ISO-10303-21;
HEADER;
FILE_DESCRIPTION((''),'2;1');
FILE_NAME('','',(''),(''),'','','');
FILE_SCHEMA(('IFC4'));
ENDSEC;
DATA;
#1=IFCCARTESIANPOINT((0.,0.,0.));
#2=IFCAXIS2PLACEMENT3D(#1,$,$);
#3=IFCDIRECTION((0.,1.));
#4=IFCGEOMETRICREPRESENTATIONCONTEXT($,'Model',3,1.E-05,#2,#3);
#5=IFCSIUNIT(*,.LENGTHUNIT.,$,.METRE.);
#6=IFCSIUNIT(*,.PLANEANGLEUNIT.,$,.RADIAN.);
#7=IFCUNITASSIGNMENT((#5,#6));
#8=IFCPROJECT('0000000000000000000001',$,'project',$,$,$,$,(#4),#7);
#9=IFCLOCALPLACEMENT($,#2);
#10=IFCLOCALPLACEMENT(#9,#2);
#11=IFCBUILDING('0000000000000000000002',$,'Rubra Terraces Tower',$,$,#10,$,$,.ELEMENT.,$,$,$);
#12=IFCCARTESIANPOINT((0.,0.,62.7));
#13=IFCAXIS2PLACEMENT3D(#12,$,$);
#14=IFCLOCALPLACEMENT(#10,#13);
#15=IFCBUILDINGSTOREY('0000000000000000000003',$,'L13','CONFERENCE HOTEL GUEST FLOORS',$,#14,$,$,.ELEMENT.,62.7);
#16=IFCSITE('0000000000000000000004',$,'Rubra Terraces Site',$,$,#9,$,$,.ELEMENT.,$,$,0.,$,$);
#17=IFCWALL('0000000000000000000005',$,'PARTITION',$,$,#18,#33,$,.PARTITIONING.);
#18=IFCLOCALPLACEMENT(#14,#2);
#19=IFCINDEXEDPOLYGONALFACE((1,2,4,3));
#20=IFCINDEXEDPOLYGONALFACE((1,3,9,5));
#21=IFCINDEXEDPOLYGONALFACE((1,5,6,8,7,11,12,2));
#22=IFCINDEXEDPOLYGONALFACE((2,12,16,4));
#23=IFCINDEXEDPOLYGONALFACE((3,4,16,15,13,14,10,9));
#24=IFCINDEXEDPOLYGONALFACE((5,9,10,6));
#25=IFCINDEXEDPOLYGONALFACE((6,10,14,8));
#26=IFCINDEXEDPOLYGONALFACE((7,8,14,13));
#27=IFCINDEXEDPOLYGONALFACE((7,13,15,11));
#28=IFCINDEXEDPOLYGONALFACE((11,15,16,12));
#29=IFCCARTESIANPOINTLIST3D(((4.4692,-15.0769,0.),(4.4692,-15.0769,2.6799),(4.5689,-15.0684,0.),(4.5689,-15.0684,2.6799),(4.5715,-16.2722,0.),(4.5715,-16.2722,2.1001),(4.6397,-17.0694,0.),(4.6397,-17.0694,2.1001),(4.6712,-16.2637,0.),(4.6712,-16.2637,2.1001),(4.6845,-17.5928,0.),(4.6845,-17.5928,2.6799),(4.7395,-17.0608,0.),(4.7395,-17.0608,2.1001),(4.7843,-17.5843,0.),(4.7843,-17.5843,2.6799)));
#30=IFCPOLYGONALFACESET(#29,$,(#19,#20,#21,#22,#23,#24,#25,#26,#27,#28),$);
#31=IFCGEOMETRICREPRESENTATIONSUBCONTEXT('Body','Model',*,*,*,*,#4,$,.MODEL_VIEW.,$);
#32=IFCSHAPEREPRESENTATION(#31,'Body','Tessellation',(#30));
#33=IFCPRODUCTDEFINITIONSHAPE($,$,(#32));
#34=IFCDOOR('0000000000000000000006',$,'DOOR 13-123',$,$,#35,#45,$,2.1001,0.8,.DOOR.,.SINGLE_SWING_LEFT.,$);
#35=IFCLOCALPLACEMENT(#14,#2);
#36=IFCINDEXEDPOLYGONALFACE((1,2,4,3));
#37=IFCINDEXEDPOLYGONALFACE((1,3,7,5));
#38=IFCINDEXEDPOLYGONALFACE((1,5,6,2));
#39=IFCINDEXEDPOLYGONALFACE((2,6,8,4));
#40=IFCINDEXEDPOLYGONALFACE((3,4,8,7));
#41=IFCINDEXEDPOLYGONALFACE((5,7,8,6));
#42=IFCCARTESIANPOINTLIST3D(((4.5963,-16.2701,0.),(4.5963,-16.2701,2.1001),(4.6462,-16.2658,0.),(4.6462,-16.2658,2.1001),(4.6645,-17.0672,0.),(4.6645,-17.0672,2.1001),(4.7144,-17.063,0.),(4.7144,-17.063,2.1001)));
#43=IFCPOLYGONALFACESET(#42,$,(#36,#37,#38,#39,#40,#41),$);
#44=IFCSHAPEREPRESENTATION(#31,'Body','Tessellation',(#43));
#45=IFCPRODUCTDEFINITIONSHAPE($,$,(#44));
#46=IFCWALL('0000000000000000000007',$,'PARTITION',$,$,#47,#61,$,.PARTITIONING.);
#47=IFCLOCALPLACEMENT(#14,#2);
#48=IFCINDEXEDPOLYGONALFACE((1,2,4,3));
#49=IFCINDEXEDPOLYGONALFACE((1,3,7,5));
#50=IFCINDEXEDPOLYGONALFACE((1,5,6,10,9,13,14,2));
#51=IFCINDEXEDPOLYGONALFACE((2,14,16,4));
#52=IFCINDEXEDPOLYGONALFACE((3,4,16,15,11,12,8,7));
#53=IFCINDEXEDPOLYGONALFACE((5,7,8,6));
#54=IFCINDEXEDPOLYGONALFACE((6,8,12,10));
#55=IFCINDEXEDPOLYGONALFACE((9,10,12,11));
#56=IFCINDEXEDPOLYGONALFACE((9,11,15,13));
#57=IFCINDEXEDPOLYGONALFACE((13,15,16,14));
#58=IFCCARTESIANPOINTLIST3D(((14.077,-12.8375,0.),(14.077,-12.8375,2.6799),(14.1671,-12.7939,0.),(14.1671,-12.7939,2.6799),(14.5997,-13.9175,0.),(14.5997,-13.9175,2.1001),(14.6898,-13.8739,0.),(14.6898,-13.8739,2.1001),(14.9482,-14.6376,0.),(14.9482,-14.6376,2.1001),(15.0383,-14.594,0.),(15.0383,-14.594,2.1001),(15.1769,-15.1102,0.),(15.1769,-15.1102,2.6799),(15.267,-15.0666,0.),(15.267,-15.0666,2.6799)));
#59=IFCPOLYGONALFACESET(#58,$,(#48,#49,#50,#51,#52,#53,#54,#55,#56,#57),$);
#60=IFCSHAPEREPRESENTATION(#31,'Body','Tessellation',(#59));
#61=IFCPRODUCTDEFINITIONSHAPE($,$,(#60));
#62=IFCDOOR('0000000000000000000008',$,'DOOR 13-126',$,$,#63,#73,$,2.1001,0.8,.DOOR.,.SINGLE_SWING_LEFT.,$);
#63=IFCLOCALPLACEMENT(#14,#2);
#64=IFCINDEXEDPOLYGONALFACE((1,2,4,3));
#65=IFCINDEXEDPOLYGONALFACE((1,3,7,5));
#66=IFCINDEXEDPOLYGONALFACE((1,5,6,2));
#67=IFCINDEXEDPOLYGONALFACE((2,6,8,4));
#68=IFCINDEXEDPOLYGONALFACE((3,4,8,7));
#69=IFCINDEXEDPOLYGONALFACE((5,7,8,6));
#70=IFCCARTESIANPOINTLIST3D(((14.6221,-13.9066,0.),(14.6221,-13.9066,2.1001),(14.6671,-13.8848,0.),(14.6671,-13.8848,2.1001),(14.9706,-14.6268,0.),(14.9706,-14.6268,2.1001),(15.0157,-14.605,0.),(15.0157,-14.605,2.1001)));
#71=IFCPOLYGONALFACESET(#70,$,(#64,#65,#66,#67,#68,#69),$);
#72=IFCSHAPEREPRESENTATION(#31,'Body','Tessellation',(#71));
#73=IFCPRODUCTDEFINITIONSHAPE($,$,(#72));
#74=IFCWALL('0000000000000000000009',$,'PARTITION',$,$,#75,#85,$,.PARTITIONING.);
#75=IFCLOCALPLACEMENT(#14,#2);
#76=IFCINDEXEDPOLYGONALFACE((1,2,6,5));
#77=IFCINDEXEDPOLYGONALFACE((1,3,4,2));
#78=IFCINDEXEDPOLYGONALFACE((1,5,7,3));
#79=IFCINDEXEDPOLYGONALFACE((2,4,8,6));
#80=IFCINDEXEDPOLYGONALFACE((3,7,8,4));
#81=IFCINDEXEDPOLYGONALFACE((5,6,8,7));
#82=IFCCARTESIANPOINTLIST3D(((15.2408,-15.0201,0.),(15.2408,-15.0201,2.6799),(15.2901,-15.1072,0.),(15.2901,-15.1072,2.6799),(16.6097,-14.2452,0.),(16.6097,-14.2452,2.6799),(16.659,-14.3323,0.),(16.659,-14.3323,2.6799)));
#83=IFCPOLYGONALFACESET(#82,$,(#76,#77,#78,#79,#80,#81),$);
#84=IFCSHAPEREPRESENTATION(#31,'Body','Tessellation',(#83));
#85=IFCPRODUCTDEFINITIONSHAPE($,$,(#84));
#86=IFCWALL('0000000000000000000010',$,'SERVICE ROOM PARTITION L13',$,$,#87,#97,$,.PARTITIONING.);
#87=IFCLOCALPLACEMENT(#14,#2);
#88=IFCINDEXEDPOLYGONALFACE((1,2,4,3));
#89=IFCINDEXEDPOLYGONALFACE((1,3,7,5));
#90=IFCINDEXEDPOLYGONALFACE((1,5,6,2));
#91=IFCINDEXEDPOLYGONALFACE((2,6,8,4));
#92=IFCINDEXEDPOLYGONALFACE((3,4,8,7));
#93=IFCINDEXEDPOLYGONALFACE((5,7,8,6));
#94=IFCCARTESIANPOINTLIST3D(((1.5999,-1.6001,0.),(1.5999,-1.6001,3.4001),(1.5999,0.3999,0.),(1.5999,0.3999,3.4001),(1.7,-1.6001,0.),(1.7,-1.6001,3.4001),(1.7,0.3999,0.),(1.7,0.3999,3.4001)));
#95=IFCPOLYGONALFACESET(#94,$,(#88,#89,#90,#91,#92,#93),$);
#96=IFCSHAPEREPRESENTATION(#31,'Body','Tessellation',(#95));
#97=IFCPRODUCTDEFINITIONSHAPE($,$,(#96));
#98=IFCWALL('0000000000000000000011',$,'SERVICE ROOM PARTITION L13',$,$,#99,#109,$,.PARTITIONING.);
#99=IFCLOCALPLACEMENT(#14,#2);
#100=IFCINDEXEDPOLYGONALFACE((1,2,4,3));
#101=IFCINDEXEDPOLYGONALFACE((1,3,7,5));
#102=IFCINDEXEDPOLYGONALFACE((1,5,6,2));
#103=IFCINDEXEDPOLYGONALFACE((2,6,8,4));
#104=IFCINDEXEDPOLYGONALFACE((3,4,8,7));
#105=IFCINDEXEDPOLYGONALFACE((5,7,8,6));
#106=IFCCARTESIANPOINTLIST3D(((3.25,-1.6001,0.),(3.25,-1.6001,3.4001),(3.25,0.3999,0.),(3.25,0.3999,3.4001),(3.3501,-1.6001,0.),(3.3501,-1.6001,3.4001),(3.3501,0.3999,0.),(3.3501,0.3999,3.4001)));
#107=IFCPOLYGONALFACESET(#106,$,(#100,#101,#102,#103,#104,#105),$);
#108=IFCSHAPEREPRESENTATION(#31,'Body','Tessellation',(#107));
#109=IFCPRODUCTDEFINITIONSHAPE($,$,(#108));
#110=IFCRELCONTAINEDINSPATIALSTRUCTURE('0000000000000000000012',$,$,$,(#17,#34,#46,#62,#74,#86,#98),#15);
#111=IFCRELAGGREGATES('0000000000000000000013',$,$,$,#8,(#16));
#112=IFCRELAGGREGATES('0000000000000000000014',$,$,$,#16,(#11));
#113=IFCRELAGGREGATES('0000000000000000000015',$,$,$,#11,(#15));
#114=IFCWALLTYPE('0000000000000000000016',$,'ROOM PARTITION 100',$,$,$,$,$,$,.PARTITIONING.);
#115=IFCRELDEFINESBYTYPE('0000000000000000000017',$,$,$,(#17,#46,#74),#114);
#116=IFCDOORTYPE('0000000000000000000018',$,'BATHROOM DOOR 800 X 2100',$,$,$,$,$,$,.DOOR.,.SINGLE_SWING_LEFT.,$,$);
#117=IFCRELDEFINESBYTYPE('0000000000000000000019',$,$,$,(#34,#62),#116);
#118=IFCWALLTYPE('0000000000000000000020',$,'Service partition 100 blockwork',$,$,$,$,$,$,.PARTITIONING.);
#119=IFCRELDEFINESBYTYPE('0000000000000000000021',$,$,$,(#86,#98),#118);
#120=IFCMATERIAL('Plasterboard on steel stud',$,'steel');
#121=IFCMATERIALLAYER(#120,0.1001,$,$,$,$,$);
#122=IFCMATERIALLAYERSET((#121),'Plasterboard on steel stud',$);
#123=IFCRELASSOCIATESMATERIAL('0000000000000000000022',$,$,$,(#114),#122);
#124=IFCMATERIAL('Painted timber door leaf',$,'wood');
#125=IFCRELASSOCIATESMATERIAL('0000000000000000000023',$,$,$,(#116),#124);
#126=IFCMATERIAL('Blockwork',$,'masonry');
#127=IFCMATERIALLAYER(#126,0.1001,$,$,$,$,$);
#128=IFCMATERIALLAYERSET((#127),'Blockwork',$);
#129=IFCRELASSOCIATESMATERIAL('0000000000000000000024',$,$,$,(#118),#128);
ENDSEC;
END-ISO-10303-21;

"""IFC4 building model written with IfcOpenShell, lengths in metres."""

from ifc_helpers import new_model, si_unit, direction, frame, frame_2d, origin, place, context, subcontext, project, spatial, rectangle, extrude, material, layer, layer_set, type_object, element, fill, save


model = new_model("IFC4")

# Units and contexts
model_context = context("Model", 3, precision=1e-05, world=origin(), true_north=direction((0.0, 1.0)))
body_context = subcontext(model_context, "Body", "Model", "MODEL_VIEW")
ifc_project = project(units=[si_unit("LENGTHUNIT", "METRE"), si_unit("PLANEANGLEUNIT", "RADIAN")], contexts=[model_context])

# Site, building, storey
site_placement = place(None, origin())
site = spatial("IfcSite", under=ifc_project, at=site_placement, Name="Rubra Terraces Site", CompositionType="ELEMENT", RefElevation=0.0)
building_placement = place(site_placement, origin())
building = spatial("IfcBuilding", under=site, at=building_placement, Name="Rubra Terraces Tower", CompositionType="ELEMENT")
storey_placement = place(building_placement, frame((0.0, 0.0, 62.7)))
storey = spatial("IfcBuildingStorey", under=building, at=storey_placement, Name="L13", Description="CONFERENCE HOTEL GUEST FLOORS", CompositionType="ELEMENT", Elevation=62.7)

# Shared definitions
ifc_material_1 = material(Name="Painted timber door leaf", Category="wood")

# Walls, openings, doors
ifc_material_2 = material(Name="Plasterboard on steel stud", Category="steel")
ifc_layer_1 = layer(ifc_material_2, 0.1001)
ifc_layer_set_1 = layer_set([ifc_layer_1], Name="Plasterboard on steel stud")
wall_type_1 = type_object("IfcWallType", Name="ROOM PARTITION 100", PredefinedType="PARTITIONING", material=ifc_layer_set_1)
wall_1_placement = place(storey_placement, frame((4.519, -15.0725, 0.0), z_axis=(0.0, 0.0, 1.0), x_axis=(0.085278, -0.996357, 0.0)))
wall_1 = element("IfcWall", 1, at=wall_1_placement, inside=storey, type_object=wall_type_1, Name="PARTITION", PredefinedType="PARTITIONING", context=body_context, shape_type="SweptSolid", body=[
    extrude(rectangle(XDim=2.5251, YDim=0.1001, at=frame_2d((1.2627, 0.0))), origin(), (0.0, 0.0, 1.0), 2.6799),
])
opening_1_placement = place(wall_1_placement, frame((1.2, 0.0, 0.0)))
opening_1 = element("IfcOpeningElement", 2, at=opening_1_placement, cuts=wall_1, PredefinedType="OPENING", context=body_context, shape_type="SweptSolid", body=[
    extrude(rectangle(XDim=0.8, YDim=2.1001, at=frame_2d((0.3999, 1.05))), frame((0.0, 0.0601, 0.0), z_axis=(0.0, -1.0, 0.0), x_axis=(1.0, 0.0, 0.0)), (0.0, 0.0, 1.0), 0.1201),
])
door_type_1 = type_object("IfcDoorType", Name="BATHROOM DOOR 800 X 2100", OperationType="SINGLE_SWING_LEFT", PredefinedType="DOOR", material=ifc_material_1)
door_1_placement = place(opening_1_placement, origin())
door_1 = element("IfcDoor", 3, at=door_1_placement, inside=storey, type_object=door_type_1, Name="DOOR 13-123", OperationType="SINGLE_SWING_LEFT", OverallHeight=2.1001, OverallWidth=0.8, PredefinedType="DOOR", context=body_context, shape_type="SweptSolid", body=[
    extrude(rectangle(XDim=0.8, YDim=2.1001, at=frame_2d((0.3999, 1.05))), frame((0.0, 0.0249, 0.0), z_axis=(0.0, -1.0, 0.0), x_axis=(1.0, 0.0, 0.0)), (0.0, 0.0, 1.0), 0.05),
])
fill(opening_1, door_1)
wall_2_placement = place(storey_placement, frame((14.1221, -12.8157, 0.0), z_axis=(0.0, 0.0, 1.0), x_axis=(0.435611, -0.900135, 0.0)))
wall_2 = element("IfcWall", 4, at=wall_2_placement, inside=storey, type_object=wall_type_1, Name="PARTITION", PredefinedType="PARTITIONING", context=body_context, shape_type="SweptSolid", body=[
    extrude(rectangle(XDim=2.5249, YDim=0.1001, at=frame_2d((1.2625, 0.0))), origin(), (0.0, 0.0, 1.0), 2.6799),
])
opening_2_placement = place(wall_2_placement, frame((1.2, 0.0, 0.0)))
opening_2 = element("IfcOpeningElement", 5, at=opening_2_placement, cuts=wall_2, PredefinedType="OPENING", context=body_context, shape_type="SweptSolid", body=[
    extrude(rectangle(XDim=0.8, YDim=2.1001, at=frame_2d((0.3999, 1.05))), frame((0.0, 0.0601, 0.0), z_axis=(0.0, -1.0, 0.0), x_axis=(1.0, 0.0, 0.0)), (0.0, 0.0, 1.0), 0.1201),
])
door_2_placement = place(opening_2_placement, origin())
door_2 = element("IfcDoor", 6, at=door_2_placement, inside=storey, type_object=door_type_1, Name="DOOR 13-126", OperationType="SINGLE_SWING_LEFT", OverallHeight=2.1001, OverallWidth=0.8, PredefinedType="DOOR", context=body_context, shape_type="SweptSolid", body=[
    extrude(rectangle(XDim=0.8, YDim=2.1001, at=frame_2d((0.3999, 1.05))), frame((0.0, 0.0249, 0.0), z_axis=(0.0, -1.0, 0.0), x_axis=(1.0, 0.0, 0.0)), (0.0, 0.0, 1.0), 0.05),
])
fill(opening_2, door_2)

# Walls
wall_3_placement = place(storey_placement, frame((15.2654, -15.0637, 0.0), z_axis=(0.0, 0.0, 1.0), x_axis=(0.870242, 0.492625, 0.0)))
element("IfcWall", 7, at=wall_3_placement, inside=storey, type_object=wall_type_1, Name="PARTITION", PredefinedType="PARTITIONING", context=body_context, shape_type="SweptSolid", body=[
    extrude(rectangle(XDim=1.573, YDim=0.1001, at=frame_2d((0.7866, 0.0))), origin(), (0.0, 0.0, 1.0), 2.6799),
])
ifc_material_3 = material(Name="Blockwork", Category="masonry")
ifc_layer_2 = layer(ifc_material_3, 0.1001)
ifc_layer_set_2 = layer_set([ifc_layer_2], Name="Blockwork")
wall_type_2 = type_object("IfcWallType", Name="Service partition 100 blockwork", PredefinedType="PARTITIONING", material=ifc_layer_set_2)
for number, where, z_axis, x_axis, name in (
    (8, (1.6499, -1.6001, 0.0), (0.0, 0.0, 1.0), (0.0, 1.0, 0.0), "SERVICE ROOM PARTITION L13"),
    (9, (3.3, -1.6001, 0.0), (0.0, 0.0, 1.0), (0.0, 1.0, 0.0), "SERVICE ROOM PARTITION L13"),
):
    element("IfcWall", number, at=place(storey_placement, frame(where, z_axis=z_axis, x_axis=x_axis)), inside=storey, type_object=wall_type_2, Name=name, PredefinedType="PARTITIONING", context=body_context, shape_type="SweptSolid", body=[
        extrude(rectangle(XDim=2.0, YDim=0.1001, at=frame_2d((1.0, 0.0))), origin(), (0.0, 0.0, 1.0), 3.4001),
    ])

save(model, "model.ifc")
